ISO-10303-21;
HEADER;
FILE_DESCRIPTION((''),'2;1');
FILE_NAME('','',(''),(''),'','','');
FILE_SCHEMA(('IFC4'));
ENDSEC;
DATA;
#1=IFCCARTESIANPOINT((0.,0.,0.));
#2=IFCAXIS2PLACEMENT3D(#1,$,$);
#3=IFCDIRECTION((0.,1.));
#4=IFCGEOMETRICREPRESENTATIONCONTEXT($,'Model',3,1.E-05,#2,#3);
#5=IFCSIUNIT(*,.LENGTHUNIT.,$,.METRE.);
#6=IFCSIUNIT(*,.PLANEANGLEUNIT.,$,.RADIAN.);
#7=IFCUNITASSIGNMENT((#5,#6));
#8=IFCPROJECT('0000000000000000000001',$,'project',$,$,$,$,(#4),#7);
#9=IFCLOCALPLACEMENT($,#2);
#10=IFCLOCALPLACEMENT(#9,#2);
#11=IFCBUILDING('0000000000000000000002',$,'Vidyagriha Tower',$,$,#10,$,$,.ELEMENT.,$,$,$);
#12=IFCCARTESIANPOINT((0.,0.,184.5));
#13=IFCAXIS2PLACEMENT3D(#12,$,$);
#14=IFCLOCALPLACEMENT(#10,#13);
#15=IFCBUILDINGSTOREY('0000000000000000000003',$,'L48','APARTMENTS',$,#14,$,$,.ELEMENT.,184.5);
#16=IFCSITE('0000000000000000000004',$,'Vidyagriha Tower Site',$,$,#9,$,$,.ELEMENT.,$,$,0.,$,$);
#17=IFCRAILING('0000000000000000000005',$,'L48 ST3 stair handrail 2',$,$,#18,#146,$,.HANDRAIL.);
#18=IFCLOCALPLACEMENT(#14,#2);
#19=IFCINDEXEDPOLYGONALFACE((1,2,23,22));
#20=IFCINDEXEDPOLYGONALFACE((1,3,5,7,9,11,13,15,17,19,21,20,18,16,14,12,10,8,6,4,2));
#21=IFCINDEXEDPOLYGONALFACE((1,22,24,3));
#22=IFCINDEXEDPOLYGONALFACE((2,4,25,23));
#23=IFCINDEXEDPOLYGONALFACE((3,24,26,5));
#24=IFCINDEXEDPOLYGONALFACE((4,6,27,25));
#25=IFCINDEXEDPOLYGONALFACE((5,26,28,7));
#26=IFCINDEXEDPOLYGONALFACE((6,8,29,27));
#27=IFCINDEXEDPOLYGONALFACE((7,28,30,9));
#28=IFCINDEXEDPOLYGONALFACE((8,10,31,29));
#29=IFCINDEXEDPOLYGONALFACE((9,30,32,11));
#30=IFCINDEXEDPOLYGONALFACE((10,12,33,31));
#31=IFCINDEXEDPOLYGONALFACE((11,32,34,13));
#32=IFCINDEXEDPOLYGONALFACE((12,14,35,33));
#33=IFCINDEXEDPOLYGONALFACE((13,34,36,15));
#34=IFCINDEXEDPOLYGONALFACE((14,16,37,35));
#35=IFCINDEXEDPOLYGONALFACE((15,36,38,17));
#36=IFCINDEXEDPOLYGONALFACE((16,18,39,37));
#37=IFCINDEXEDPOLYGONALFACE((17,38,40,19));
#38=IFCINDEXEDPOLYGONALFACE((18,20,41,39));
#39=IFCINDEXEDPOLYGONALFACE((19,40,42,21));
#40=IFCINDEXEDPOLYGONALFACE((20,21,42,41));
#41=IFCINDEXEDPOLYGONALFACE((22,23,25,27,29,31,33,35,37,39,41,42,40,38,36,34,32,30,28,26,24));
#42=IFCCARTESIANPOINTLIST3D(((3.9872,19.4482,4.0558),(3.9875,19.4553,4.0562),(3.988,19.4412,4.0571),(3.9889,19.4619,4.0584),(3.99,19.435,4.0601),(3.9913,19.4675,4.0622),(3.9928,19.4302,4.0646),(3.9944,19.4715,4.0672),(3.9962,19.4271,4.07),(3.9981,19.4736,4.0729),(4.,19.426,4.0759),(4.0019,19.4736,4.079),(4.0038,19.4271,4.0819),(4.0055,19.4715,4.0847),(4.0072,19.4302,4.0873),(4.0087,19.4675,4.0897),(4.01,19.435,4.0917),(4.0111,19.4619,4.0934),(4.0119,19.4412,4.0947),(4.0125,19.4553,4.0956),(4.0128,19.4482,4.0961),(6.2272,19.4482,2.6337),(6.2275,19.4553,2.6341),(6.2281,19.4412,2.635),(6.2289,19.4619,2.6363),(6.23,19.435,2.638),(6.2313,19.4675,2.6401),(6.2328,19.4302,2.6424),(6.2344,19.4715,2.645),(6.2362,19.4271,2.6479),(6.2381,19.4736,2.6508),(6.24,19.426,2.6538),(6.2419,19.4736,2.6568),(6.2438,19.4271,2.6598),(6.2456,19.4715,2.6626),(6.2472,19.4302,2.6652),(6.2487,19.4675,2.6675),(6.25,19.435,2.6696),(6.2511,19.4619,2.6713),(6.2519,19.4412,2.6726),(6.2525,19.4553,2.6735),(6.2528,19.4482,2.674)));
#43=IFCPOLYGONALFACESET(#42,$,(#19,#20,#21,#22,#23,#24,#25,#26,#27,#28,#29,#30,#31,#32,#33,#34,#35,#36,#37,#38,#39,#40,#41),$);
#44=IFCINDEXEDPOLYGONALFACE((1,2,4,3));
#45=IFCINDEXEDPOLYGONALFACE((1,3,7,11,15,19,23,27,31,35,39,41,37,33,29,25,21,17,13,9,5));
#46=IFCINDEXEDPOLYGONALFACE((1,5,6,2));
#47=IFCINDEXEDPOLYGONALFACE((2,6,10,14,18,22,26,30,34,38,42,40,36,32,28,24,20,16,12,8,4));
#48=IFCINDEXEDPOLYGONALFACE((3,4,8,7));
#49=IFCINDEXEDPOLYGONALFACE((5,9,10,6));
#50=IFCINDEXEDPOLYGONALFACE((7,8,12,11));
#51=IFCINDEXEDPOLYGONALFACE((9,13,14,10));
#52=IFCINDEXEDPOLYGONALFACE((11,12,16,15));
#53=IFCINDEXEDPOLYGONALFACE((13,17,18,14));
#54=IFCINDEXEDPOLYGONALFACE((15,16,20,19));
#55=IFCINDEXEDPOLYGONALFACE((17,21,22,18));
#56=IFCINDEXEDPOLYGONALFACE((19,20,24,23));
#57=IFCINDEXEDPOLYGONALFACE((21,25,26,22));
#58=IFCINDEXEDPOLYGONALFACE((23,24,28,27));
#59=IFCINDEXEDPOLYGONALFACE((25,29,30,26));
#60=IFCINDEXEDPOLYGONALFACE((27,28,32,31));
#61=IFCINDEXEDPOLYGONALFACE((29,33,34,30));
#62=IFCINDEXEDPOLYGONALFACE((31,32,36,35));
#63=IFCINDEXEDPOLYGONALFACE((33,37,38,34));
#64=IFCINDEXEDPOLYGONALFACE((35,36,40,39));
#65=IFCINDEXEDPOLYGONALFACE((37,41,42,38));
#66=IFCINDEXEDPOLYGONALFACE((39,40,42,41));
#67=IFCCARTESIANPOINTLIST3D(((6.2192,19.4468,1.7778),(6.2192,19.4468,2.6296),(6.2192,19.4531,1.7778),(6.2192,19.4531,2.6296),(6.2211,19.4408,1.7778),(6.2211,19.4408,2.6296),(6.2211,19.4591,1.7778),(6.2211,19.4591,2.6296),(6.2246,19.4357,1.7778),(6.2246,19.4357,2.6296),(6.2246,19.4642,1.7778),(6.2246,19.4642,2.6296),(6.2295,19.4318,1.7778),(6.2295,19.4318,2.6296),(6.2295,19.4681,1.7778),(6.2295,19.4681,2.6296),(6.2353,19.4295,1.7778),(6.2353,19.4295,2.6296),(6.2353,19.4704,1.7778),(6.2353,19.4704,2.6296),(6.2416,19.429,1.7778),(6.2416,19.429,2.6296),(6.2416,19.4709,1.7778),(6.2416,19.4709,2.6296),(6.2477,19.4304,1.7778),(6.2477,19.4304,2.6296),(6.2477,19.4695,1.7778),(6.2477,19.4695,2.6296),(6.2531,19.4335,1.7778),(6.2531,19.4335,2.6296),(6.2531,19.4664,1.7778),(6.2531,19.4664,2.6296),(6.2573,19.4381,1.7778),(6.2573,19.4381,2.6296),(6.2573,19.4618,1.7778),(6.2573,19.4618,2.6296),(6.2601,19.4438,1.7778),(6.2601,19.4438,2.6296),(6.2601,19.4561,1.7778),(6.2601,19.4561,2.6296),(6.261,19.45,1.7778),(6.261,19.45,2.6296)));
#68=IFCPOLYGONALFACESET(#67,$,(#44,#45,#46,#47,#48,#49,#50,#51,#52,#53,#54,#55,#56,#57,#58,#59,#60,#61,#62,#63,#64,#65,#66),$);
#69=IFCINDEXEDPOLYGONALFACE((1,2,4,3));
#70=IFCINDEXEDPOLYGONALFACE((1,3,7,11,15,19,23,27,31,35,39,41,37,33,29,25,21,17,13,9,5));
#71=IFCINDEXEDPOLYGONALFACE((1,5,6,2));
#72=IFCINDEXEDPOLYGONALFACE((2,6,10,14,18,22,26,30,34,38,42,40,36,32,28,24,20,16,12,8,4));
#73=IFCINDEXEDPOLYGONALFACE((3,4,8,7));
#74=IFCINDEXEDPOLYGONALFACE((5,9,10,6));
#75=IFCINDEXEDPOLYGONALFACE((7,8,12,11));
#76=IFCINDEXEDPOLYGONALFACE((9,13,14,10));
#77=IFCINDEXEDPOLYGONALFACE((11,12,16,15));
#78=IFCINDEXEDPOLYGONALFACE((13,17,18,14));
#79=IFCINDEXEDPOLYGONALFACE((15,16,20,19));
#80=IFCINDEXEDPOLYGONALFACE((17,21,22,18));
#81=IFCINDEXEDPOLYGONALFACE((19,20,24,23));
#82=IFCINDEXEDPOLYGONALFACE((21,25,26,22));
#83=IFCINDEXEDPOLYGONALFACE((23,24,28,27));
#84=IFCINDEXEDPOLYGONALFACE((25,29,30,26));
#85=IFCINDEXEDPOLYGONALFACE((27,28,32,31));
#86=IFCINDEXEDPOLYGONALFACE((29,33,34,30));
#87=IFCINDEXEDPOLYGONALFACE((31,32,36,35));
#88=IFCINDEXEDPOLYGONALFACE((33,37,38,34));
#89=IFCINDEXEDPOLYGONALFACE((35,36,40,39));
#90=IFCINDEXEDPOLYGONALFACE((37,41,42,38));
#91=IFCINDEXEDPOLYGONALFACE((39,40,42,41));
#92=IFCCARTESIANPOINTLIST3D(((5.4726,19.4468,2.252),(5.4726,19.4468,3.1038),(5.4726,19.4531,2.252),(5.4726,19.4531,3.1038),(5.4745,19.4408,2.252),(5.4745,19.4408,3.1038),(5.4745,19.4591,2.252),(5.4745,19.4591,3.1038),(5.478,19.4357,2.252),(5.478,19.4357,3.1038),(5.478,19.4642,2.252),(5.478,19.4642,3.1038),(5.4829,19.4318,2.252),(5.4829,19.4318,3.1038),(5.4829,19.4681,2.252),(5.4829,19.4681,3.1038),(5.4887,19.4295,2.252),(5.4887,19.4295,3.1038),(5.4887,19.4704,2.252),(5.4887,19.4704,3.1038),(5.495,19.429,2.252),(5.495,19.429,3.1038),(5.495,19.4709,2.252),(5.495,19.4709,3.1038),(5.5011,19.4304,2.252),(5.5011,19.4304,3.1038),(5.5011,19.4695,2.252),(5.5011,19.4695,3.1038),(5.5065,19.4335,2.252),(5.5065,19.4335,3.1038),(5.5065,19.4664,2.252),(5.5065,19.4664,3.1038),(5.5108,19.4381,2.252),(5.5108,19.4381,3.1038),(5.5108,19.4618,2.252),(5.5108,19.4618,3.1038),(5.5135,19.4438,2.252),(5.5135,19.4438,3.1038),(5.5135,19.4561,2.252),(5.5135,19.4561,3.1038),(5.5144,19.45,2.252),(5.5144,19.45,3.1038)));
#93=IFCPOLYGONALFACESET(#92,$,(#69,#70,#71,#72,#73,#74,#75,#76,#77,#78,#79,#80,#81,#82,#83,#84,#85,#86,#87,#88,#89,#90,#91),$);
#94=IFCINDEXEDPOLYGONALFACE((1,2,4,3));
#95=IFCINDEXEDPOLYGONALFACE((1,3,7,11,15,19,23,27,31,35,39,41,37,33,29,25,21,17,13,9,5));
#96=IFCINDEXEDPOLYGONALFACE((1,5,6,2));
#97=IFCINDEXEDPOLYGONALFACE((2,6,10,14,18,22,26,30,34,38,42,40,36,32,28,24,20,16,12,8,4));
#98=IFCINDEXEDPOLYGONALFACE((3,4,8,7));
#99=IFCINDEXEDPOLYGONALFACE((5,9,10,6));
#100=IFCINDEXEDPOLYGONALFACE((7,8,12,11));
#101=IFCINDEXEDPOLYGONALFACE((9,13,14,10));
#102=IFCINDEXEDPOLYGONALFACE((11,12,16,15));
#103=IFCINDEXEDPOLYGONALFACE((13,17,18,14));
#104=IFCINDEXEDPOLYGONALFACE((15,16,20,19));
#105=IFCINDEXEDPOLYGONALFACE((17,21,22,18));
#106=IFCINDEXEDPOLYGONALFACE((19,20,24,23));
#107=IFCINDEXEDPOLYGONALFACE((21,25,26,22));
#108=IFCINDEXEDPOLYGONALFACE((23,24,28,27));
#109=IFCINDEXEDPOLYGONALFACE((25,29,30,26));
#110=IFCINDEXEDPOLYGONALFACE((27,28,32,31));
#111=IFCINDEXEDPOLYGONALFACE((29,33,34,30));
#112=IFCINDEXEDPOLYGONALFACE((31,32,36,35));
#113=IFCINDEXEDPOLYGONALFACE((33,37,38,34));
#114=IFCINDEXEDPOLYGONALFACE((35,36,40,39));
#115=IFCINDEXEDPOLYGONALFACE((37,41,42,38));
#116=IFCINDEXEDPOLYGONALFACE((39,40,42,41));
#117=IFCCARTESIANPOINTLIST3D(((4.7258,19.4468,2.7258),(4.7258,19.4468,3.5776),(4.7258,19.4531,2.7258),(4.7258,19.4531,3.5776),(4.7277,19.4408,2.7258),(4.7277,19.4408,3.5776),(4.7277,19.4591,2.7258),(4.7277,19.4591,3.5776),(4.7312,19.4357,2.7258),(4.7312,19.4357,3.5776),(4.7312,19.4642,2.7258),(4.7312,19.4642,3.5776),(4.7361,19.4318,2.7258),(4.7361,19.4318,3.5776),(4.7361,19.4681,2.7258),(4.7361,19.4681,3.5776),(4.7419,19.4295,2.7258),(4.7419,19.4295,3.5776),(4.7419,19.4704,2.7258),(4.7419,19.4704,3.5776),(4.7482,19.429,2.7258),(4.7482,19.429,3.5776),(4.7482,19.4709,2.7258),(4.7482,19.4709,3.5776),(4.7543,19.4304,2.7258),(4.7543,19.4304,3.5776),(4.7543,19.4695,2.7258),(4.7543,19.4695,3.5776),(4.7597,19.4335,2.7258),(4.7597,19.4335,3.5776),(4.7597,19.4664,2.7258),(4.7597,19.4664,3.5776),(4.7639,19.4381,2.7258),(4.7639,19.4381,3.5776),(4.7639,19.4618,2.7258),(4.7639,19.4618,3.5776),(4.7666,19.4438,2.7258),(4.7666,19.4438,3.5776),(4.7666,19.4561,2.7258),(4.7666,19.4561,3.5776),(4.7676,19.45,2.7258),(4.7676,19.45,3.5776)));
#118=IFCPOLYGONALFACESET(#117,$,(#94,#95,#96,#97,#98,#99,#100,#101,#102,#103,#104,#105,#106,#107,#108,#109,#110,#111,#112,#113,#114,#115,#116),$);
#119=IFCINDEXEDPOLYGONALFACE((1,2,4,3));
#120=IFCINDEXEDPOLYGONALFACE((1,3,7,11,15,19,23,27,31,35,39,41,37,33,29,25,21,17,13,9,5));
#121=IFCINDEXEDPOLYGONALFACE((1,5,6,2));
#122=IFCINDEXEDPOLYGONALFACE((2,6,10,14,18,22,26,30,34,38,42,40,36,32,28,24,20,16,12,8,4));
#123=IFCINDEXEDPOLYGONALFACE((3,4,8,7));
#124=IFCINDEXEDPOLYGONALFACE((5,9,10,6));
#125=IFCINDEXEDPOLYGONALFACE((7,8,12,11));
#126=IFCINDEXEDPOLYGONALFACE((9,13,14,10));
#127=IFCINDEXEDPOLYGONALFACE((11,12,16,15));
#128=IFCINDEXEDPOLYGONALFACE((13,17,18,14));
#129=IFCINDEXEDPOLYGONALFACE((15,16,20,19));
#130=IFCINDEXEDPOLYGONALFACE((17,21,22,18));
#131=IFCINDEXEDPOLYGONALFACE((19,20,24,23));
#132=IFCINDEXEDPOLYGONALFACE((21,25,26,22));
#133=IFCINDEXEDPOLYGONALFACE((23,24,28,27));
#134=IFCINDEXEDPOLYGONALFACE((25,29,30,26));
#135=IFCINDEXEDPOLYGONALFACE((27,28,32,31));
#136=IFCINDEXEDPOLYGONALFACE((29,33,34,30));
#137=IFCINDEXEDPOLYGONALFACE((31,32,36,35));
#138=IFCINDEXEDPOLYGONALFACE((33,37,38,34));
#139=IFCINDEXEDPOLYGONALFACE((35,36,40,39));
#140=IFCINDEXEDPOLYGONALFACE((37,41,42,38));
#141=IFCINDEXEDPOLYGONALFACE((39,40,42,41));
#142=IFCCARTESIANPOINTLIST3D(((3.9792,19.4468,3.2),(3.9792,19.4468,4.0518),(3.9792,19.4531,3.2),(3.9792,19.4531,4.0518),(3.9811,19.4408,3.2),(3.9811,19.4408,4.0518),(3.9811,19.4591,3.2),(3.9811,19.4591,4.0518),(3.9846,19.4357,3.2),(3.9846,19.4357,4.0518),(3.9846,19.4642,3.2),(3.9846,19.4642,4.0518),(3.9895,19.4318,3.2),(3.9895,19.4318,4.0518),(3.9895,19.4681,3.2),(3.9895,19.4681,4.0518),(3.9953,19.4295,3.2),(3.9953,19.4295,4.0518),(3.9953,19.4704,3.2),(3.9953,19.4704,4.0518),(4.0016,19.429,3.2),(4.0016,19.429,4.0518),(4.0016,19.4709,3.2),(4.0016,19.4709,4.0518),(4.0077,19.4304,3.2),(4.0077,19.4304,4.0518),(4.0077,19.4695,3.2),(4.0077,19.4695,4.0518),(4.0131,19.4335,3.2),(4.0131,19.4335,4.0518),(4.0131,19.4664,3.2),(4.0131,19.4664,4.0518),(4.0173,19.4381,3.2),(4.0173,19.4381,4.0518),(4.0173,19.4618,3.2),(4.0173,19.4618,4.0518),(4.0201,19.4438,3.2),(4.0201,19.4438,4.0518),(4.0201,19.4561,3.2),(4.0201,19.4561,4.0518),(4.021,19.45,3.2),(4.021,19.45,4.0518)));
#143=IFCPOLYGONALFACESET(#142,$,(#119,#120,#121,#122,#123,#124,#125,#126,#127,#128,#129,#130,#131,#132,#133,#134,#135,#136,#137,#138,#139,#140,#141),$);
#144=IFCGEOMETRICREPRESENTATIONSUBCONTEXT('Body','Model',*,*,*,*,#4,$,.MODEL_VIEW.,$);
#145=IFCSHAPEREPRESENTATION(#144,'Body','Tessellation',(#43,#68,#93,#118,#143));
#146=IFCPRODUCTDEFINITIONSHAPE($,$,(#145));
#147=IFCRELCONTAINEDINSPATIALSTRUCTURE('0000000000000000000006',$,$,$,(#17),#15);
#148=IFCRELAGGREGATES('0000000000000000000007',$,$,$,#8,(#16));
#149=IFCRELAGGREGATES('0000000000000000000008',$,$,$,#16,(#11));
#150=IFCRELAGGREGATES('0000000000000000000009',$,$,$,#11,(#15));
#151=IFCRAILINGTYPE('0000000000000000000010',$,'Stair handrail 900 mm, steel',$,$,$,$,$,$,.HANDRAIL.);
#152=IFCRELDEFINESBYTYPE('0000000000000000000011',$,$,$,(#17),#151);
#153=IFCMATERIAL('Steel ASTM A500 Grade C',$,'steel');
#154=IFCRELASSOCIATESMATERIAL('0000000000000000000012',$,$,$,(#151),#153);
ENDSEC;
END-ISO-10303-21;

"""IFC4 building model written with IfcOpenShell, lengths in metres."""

from ifc_helpers import new_model, si_unit, direction, frame, origin, origin_2d, place, context, subcontext, project, spatial, circle, extrude, material, type_object, element, save


model = new_model("IFC4")

# Units and contexts
model_context = context("Model", 3, precision=1e-05, world=origin(), true_north=direction((0.0, 1.0)))
body_context = subcontext(model_context, "Body", "Model", "MODEL_VIEW")
ifc_project = project(units=[si_unit("LENGTHUNIT", "METRE"), si_unit("PLANEANGLEUNIT", "RADIAN")], contexts=[model_context])

# Site, building, storey
site_placement = place(None, origin())
site = spatial("IfcSite", under=ifc_project, at=site_placement, Name="Vidyagriha Tower Site", CompositionType="ELEMENT", RefElevation=0.0)
building_placement = place(site_placement, origin())
building = spatial("IfcBuilding", under=site, at=building_placement, Name="Vidyagriha Tower", CompositionType="ELEMENT")
storey_placement = place(building_placement, frame((0.0, 0.0, 184.5)))
storey = spatial("IfcBuildingStorey", under=building, at=storey_placement, Name="L48", Description="APARTMENTS", CompositionType="ELEMENT", Elevation=184.5)

# Railing
ifc_material_1 = material(Name="Steel ASTM A500 Grade C", Category="steel")
railing_type_1 = type_object("IfcRailingType", Name="Stair handrail 900 mm, steel", PredefinedType="HANDRAIL", material=ifc_material_1)
railing_1_placement = place(storey_placement, frame((6.24, 19.45, 1.7778)))
element("IfcRailing", 1, at=railing_1_placement, inside=storey, type_object=railing_type_1, Name="L48 ST3 stair handrail 2", PredefinedType="HANDRAIL", context=body_context, shape_type="SweptSolid", body=[
    extrude(circle(Radius=0.0239, at=origin_2d()), frame((0.0, 0.0, 0.876), z_axis=(-0.844229, 0.0, 0.535982), x_axis=(0.0, -1.0, 0.0)), (0.0, 0.0, 1.0), 2.6533),
    extrude(circle(Radius=0.021, at=origin_2d()), origin(), (0.0, 0.0, 1.0), 0.8518),
    extrude(circle(Radius=0.021, at=origin_2d()), frame((-0.7466, 0.0, 0.4741)), (0.0, 0.0, 1.0), 0.8518),
    extrude(circle(Radius=0.021, at=origin_2d()), frame((-1.4934, 0.0, 0.948)), (0.0, 0.0, 1.0), 0.8518),
    extrude(circle(Radius=0.021, at=origin_2d()), frame((-2.24, 0.0, 1.4221)), (0.0, 0.0, 1.0), 0.8518),
])

save(model, "model.ifc")
